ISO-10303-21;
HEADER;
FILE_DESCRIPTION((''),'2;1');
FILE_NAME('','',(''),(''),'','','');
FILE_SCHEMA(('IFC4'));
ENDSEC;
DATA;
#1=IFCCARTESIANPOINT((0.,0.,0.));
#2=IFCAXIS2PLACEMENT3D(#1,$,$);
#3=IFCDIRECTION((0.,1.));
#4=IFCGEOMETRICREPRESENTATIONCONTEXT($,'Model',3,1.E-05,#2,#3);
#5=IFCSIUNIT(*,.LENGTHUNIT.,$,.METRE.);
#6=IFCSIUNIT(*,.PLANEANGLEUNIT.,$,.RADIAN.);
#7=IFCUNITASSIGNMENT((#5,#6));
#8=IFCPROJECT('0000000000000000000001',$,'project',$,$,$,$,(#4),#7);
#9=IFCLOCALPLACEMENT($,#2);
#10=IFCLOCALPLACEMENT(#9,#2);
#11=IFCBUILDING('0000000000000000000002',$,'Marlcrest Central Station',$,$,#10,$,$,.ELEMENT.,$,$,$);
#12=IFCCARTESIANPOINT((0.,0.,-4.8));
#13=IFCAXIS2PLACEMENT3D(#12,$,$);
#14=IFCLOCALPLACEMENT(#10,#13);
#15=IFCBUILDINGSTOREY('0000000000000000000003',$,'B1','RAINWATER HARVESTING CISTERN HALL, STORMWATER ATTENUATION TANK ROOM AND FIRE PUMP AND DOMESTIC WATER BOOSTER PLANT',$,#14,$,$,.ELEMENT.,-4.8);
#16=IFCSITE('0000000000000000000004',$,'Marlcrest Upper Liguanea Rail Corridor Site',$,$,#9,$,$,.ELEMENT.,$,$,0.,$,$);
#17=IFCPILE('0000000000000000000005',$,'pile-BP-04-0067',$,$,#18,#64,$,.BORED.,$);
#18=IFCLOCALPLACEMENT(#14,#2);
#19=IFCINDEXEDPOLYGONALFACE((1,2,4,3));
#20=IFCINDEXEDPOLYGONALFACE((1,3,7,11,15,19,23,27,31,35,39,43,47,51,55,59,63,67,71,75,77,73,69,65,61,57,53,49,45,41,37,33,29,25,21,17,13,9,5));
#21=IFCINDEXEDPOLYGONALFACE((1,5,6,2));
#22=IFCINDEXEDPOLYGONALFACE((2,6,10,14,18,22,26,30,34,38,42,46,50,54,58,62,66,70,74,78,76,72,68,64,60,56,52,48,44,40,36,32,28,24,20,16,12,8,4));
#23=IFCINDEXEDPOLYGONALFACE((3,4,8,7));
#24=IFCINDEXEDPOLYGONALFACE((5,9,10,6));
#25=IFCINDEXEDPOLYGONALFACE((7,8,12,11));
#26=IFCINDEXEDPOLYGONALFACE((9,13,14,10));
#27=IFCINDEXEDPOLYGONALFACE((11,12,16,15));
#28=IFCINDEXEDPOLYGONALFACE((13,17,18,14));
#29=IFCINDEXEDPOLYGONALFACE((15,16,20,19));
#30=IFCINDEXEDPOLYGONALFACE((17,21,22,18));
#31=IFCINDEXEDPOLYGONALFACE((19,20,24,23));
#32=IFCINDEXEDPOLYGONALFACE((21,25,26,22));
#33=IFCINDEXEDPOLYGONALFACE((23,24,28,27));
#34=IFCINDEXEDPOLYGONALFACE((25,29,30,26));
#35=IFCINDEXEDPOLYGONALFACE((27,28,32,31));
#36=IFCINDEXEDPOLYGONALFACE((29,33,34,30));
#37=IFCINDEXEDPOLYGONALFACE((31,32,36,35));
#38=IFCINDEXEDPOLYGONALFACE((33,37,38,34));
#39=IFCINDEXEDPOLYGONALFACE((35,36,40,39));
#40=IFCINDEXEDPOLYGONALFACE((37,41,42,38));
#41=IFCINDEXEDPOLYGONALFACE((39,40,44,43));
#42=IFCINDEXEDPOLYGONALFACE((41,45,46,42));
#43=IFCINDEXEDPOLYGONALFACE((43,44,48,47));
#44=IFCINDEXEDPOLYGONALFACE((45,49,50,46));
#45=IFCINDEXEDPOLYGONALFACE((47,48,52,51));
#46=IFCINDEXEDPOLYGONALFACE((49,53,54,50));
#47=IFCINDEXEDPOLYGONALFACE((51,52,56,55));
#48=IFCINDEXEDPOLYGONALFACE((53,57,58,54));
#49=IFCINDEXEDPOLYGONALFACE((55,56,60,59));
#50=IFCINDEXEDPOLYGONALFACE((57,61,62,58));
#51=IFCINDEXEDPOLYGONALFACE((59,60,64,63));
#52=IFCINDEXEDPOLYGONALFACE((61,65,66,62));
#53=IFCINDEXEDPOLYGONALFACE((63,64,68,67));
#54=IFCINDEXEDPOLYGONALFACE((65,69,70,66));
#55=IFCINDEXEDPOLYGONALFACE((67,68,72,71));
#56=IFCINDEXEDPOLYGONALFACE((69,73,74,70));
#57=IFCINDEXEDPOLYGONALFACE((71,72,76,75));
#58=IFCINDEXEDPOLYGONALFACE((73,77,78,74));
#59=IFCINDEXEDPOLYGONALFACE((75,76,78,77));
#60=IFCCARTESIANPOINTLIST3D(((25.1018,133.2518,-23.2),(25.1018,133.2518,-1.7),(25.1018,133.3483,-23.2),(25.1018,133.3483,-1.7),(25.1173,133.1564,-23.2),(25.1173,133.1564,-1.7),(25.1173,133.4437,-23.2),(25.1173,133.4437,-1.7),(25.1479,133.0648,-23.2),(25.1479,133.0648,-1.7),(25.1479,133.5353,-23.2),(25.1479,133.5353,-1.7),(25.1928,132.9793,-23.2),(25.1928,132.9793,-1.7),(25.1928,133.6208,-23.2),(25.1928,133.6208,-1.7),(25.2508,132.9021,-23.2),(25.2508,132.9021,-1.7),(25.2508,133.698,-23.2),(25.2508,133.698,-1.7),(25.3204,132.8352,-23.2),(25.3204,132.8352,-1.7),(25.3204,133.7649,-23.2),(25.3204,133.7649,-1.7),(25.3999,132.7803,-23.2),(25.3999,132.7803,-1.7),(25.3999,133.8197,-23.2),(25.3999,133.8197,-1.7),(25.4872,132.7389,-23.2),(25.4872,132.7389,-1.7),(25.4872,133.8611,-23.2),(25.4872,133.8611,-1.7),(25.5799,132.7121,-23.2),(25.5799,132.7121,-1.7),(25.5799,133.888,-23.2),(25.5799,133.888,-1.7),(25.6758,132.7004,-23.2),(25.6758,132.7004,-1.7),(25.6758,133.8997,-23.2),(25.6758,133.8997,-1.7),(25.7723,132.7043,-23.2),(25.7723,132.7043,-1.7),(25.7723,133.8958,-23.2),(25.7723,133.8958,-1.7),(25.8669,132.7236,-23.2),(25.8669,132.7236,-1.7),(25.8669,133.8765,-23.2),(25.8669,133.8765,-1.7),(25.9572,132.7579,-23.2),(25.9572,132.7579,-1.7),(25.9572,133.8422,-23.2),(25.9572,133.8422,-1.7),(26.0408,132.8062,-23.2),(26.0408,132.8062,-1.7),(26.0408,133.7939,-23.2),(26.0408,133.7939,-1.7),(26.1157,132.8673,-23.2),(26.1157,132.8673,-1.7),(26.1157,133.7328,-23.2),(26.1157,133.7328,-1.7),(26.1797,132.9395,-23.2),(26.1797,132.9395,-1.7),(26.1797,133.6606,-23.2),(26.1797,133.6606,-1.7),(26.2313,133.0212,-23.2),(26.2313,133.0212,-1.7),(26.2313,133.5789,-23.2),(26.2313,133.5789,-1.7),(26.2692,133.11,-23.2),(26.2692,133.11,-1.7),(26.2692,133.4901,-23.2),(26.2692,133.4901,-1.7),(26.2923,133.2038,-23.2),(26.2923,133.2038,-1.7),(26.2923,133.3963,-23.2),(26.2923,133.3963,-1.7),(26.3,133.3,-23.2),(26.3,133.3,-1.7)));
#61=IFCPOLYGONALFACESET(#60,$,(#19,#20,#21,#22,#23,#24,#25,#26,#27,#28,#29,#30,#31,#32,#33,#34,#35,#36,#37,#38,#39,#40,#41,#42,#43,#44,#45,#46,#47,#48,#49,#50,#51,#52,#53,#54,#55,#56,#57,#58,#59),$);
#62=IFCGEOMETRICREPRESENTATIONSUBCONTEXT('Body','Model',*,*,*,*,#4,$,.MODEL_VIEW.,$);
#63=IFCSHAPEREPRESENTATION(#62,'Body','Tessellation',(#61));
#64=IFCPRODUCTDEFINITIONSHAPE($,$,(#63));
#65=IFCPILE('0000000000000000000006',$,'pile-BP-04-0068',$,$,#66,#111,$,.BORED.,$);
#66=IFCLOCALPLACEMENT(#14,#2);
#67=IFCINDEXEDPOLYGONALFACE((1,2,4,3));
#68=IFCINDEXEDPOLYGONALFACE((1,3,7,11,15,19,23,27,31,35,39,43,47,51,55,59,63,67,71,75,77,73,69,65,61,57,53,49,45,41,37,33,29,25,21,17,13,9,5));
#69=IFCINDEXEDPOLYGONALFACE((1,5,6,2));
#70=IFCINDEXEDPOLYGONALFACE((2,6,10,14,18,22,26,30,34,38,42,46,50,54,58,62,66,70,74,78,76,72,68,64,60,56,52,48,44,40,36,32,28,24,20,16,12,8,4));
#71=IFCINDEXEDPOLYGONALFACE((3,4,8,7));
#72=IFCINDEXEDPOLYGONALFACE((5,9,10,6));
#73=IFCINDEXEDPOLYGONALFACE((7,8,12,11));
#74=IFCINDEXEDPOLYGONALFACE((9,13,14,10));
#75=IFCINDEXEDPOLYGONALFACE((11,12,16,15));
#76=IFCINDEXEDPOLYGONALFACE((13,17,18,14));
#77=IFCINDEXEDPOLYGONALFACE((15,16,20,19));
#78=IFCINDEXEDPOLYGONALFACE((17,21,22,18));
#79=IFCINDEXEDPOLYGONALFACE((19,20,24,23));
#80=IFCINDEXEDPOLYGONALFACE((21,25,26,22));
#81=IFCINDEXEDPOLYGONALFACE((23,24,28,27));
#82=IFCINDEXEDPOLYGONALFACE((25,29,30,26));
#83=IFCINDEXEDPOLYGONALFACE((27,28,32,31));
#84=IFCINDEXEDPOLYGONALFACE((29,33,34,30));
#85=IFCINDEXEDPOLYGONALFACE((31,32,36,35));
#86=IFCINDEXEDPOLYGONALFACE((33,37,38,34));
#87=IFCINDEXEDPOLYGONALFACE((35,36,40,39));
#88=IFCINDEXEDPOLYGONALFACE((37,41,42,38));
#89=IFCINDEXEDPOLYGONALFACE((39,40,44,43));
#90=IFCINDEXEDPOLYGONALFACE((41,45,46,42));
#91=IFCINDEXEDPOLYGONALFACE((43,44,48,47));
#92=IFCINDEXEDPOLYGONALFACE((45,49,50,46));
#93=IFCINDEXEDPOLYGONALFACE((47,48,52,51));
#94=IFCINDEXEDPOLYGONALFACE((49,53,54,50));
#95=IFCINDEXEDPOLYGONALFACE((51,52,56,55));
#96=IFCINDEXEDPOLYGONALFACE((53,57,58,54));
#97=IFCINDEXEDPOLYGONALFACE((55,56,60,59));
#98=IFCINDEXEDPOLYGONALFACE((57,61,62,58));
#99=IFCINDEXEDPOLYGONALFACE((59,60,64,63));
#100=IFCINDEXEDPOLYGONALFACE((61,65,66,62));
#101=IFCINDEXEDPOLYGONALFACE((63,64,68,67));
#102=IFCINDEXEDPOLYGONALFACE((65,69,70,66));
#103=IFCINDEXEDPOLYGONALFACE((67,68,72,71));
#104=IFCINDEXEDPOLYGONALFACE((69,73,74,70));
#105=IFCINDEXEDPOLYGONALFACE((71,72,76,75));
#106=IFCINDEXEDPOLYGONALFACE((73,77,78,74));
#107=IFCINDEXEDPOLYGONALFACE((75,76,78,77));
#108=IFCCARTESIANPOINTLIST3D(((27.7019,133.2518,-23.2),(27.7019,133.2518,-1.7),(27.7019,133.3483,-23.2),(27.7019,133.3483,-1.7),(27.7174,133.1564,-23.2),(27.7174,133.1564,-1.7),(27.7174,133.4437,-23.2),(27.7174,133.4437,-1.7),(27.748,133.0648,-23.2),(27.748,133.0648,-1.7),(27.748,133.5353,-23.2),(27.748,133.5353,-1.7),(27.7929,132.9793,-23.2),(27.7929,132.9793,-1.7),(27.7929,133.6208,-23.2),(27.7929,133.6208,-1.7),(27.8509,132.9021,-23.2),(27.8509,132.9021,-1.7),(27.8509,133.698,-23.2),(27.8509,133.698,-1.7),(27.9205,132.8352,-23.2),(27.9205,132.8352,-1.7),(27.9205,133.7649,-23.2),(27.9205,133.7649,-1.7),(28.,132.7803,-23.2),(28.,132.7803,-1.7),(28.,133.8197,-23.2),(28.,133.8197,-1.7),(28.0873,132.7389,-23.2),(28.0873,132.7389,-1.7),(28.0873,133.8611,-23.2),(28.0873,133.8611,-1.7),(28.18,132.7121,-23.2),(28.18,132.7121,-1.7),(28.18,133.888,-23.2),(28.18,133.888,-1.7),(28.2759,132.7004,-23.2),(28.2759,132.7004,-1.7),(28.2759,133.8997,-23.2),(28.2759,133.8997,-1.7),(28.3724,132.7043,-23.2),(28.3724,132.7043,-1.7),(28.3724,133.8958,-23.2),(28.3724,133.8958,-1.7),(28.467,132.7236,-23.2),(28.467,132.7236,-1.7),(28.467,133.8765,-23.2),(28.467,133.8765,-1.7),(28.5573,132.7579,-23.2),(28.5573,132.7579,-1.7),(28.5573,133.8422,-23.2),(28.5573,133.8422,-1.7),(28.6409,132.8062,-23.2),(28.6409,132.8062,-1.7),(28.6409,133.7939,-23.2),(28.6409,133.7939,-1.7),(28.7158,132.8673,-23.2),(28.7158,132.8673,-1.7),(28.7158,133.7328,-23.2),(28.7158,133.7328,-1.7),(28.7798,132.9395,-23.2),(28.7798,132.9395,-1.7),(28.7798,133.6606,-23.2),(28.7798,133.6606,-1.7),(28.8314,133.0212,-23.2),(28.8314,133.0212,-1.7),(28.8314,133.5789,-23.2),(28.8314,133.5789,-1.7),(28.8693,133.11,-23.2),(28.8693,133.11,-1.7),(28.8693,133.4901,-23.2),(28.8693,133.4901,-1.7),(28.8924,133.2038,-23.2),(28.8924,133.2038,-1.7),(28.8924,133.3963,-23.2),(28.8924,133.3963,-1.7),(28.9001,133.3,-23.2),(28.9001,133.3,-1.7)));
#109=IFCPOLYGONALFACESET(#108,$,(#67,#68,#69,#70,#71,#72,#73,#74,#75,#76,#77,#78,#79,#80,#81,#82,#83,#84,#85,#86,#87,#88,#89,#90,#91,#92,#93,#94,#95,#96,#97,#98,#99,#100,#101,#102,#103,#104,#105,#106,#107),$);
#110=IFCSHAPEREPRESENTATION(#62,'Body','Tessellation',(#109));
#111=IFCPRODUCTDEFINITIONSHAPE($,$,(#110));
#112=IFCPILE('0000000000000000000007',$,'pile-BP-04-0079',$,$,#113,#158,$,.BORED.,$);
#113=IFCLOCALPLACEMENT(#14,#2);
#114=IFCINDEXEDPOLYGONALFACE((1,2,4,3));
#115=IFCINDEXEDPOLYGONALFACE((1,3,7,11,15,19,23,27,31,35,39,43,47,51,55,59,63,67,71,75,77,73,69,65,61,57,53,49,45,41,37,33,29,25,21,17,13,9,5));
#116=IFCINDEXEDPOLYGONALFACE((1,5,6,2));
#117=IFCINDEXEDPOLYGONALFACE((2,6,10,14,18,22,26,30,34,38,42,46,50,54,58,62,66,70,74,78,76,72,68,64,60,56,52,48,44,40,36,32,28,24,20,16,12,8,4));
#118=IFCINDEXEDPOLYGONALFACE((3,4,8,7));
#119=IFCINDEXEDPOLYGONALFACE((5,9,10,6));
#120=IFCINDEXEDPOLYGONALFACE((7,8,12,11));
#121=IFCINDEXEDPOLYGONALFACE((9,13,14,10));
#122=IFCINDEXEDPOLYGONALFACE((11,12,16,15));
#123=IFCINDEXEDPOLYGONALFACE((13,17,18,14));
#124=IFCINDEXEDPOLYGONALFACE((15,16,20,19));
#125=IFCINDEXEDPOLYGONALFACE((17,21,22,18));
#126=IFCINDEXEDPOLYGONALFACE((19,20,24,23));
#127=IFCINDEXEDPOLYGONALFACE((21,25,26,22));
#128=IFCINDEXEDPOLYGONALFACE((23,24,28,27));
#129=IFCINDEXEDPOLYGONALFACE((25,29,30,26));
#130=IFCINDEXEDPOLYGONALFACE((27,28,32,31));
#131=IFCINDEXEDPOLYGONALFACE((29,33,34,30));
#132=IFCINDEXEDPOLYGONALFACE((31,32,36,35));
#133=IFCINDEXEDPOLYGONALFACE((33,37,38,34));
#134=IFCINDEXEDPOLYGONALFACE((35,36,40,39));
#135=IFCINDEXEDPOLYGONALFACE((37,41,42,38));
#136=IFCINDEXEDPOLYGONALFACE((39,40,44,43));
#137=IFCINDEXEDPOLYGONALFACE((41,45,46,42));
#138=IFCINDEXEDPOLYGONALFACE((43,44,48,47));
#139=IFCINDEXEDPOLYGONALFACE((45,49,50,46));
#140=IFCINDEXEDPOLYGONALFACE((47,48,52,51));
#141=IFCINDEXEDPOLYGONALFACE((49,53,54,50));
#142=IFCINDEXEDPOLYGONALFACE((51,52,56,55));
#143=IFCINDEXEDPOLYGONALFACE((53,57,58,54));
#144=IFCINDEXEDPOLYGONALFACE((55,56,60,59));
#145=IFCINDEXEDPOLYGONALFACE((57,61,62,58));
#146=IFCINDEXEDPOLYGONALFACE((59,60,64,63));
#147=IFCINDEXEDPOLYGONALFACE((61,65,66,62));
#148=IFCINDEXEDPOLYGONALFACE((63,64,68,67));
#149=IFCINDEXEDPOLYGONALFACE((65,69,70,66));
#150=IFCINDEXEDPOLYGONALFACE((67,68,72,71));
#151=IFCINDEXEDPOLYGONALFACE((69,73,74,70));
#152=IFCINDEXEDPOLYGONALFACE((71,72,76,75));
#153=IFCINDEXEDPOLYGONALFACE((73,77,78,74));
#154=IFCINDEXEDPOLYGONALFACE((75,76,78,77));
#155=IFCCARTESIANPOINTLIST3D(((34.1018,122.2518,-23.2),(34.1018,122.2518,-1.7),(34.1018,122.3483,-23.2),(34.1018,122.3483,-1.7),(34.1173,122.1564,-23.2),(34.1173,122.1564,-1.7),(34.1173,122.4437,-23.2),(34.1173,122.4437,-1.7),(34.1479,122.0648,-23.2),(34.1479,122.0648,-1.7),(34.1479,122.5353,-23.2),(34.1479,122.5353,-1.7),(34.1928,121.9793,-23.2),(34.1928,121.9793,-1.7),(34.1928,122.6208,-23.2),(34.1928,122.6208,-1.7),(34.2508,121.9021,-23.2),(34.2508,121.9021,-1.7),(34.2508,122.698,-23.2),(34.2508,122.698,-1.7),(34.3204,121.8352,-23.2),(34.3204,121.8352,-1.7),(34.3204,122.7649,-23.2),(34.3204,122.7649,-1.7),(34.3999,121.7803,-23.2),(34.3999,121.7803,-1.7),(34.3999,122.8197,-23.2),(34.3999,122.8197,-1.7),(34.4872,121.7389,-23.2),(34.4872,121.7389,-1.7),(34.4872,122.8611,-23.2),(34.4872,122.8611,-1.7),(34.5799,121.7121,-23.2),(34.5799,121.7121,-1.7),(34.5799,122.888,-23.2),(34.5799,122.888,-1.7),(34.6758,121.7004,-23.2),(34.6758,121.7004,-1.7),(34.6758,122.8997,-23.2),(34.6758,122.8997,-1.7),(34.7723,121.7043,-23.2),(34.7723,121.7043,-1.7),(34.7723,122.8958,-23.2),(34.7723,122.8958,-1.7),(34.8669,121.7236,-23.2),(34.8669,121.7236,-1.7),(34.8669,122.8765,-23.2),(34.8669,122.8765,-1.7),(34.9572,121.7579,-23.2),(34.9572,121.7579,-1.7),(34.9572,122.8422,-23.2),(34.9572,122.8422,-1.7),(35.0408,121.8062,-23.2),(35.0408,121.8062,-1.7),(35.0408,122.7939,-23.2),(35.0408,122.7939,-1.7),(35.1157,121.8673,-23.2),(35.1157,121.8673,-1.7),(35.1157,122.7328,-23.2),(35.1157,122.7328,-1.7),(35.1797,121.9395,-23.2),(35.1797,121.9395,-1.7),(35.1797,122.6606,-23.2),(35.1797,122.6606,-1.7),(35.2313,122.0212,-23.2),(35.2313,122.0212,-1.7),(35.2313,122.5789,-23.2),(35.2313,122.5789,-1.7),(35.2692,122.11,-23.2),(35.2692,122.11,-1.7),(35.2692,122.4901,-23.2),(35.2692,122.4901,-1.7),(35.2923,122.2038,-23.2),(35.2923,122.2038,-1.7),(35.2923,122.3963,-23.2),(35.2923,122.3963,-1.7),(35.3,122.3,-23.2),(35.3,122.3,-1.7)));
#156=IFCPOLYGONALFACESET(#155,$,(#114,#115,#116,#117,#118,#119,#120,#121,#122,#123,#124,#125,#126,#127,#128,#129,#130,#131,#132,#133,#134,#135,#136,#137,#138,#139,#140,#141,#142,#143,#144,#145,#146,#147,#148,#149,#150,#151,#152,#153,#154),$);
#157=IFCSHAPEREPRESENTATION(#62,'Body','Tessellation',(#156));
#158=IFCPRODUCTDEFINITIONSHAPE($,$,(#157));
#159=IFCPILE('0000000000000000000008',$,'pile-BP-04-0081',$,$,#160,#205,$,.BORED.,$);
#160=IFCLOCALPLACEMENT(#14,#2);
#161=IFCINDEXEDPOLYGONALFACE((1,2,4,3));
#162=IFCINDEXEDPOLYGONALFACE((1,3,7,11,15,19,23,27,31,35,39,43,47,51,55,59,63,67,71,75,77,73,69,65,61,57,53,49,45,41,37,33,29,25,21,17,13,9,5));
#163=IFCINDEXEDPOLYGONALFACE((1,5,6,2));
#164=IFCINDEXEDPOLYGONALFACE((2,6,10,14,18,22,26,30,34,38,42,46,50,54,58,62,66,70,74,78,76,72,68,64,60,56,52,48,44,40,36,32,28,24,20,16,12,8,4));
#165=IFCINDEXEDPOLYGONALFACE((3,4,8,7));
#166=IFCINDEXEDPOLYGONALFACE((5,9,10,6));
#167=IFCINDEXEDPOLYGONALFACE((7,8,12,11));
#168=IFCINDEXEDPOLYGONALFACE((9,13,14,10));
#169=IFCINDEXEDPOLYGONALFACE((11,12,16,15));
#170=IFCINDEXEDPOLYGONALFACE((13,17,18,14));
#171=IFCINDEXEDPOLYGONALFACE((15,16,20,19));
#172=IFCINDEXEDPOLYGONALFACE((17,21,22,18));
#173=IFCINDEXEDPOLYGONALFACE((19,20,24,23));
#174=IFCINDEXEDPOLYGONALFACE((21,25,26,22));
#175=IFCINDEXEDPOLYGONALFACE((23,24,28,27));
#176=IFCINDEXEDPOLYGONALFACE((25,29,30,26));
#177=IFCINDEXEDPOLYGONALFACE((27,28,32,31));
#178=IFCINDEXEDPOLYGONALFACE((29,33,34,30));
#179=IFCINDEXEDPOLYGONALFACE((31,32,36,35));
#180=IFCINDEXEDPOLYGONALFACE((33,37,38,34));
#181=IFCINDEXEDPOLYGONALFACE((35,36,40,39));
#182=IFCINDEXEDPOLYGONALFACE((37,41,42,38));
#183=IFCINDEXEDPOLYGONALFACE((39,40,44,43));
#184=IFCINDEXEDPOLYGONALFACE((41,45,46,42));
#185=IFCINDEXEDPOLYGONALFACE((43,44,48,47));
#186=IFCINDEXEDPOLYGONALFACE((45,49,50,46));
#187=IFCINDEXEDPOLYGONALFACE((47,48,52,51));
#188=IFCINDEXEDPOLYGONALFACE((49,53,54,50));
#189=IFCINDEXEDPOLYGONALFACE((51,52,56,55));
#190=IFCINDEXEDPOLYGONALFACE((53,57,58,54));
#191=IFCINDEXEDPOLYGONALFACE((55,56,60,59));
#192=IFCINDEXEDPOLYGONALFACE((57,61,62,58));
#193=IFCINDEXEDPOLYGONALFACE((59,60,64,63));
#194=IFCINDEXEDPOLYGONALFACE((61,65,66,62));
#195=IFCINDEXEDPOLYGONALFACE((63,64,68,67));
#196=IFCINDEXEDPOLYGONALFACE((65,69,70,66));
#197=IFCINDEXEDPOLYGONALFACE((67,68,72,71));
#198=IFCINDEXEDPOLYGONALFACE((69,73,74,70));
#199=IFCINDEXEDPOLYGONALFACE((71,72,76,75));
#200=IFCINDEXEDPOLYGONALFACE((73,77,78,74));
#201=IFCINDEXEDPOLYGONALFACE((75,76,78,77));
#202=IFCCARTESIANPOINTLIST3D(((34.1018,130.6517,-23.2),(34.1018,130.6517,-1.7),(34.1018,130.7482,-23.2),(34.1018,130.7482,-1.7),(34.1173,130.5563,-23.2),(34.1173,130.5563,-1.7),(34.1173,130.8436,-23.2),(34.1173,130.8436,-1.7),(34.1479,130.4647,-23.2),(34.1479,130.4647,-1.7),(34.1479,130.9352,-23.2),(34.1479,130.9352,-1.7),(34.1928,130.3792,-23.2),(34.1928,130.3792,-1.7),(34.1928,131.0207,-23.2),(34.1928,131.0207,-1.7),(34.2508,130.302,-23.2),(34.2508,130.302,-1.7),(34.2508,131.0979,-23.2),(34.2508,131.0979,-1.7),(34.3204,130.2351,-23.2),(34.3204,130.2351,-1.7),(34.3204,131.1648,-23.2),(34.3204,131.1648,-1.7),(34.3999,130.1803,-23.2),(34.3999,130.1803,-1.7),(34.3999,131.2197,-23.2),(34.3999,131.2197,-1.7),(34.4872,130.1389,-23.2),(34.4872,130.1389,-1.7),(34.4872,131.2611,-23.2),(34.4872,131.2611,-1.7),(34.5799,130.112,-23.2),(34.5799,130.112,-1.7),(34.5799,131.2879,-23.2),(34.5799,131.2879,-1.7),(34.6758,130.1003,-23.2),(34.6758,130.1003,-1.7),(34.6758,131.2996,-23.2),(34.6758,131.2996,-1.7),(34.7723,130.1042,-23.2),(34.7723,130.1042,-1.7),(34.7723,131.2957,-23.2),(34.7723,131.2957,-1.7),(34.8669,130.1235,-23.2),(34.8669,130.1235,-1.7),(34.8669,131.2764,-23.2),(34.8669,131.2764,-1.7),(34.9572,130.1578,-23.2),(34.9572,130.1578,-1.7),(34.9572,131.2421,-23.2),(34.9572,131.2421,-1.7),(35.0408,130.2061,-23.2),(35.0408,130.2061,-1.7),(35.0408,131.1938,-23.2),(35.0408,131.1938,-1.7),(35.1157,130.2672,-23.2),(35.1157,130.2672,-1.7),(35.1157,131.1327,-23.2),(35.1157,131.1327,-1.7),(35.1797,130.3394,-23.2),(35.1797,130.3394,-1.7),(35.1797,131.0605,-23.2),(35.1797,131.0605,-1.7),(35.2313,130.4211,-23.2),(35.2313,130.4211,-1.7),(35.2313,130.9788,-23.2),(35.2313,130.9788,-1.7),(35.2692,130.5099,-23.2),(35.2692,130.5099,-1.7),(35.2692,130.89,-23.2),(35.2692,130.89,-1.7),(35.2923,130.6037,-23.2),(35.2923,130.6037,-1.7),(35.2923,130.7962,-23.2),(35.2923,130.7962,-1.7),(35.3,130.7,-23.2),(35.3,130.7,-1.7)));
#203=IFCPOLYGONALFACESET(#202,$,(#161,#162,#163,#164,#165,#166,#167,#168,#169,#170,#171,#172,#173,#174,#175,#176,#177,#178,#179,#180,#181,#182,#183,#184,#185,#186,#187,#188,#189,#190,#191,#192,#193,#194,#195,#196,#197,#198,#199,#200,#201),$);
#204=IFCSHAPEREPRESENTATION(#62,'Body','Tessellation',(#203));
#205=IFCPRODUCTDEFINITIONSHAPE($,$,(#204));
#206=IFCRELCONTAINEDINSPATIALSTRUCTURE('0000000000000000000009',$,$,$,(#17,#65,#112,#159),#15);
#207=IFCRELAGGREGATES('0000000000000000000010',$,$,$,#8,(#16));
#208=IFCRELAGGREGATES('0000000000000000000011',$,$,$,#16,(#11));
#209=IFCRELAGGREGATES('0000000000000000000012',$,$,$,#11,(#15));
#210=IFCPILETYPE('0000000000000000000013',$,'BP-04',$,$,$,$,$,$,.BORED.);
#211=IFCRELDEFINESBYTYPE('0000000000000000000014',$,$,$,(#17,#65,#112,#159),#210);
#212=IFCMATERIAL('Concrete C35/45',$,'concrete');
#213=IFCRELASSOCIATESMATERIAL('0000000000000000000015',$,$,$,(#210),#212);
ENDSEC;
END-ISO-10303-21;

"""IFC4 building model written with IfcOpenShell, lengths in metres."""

from ifc_helpers import new_model, si_unit, direction, frame, origin, origin_2d, place, context, subcontext, project, spatial, circle, extrude, material, material_profile, profile_set, type_object, element, save


model = new_model("IFC4")

# Units and contexts
model_context = context("Model", 3, precision=1e-05, world=origin(), true_north=direction((0.0, 1.0)))
body_context = subcontext(model_context, "Body", "Model", "MODEL_VIEW")
ifc_project = project(units=[si_unit("LENGTHUNIT", "METRE"), si_unit("PLANEANGLEUNIT", "RADIAN")], contexts=[model_context])

# Site, building, storey
site_placement = place(None, origin())
site = spatial("IfcSite", under=ifc_project, at=site_placement, Name="Marlcrest Upper Liguanea Rail Corridor Site", CompositionType="ELEMENT", RefElevation=0.0)
building_placement = place(site_placement, origin())
building = spatial("IfcBuilding", under=site, at=building_placement, Name="Marlcrest Central Station", CompositionType="ELEMENT")
storey_placement = place(building_placement, frame((0.0, 0.0, -4.8)))
storey = spatial("IfcBuildingStorey", under=building, at=storey_placement, Name="B1", Description="RAINWATER HARVESTING CISTERN HALL, STORMWATER ATTENUATION TANK ROOM AND FIRE PUMP AND DOMESTIC WATER BOOSTER PLANT", CompositionType="ELEMENT", Elevation=-4.8)

# Piles
ifc_material_1 = material(Name="Concrete C35/45", Category="concrete")
ifc_material_profile_1 = material_profile(ifc_material_1, circle(Radius=0.6001, at=origin_2d()), Name="PILE D1200")
ifc_profile_set_1 = profile_set([ifc_material_profile_1], Name="Concrete C35/45")
pile_type = type_object("IfcPileType", Name="BP-04", PredefinedType="BORED", material=ifc_profile_set_1)
for number, where, z_axis, x_axis, name in (
    (1, (25.7, 133.3, -1.7), (0.0, 0.0, -1.0), (1.0, 0.0, 0.0), "pile-BP-04-0067"),
    (2, (28.3, 133.3, -1.7), (0.0, 0.0, -1.0), (1.0, 0.0, 0.0), "pile-BP-04-0068"),
    (3, (34.7, 122.3, -1.7), (0.0, 0.0, -1.0), (1.0, 0.0, 0.0), "pile-BP-04-0079"),
    (4, (34.7, 130.7, -1.7), (0.0, 0.0, -1.0), (1.0, 0.0, 0.0), "pile-BP-04-0081"),
):
    element("IfcPile", number, at=place(storey_placement, frame(where, z_axis=z_axis, x_axis=x_axis)), inside=storey, type_object=pile_type, Name=name, PredefinedType="BORED", context=body_context, shape_type="SweptSolid", body=[
        extrude(circle(Radius=0.6001, at=origin_2d()), origin(), (0.0, 0.0, 1.0), 21.5),
    ])

save(model, "model.ifc")
